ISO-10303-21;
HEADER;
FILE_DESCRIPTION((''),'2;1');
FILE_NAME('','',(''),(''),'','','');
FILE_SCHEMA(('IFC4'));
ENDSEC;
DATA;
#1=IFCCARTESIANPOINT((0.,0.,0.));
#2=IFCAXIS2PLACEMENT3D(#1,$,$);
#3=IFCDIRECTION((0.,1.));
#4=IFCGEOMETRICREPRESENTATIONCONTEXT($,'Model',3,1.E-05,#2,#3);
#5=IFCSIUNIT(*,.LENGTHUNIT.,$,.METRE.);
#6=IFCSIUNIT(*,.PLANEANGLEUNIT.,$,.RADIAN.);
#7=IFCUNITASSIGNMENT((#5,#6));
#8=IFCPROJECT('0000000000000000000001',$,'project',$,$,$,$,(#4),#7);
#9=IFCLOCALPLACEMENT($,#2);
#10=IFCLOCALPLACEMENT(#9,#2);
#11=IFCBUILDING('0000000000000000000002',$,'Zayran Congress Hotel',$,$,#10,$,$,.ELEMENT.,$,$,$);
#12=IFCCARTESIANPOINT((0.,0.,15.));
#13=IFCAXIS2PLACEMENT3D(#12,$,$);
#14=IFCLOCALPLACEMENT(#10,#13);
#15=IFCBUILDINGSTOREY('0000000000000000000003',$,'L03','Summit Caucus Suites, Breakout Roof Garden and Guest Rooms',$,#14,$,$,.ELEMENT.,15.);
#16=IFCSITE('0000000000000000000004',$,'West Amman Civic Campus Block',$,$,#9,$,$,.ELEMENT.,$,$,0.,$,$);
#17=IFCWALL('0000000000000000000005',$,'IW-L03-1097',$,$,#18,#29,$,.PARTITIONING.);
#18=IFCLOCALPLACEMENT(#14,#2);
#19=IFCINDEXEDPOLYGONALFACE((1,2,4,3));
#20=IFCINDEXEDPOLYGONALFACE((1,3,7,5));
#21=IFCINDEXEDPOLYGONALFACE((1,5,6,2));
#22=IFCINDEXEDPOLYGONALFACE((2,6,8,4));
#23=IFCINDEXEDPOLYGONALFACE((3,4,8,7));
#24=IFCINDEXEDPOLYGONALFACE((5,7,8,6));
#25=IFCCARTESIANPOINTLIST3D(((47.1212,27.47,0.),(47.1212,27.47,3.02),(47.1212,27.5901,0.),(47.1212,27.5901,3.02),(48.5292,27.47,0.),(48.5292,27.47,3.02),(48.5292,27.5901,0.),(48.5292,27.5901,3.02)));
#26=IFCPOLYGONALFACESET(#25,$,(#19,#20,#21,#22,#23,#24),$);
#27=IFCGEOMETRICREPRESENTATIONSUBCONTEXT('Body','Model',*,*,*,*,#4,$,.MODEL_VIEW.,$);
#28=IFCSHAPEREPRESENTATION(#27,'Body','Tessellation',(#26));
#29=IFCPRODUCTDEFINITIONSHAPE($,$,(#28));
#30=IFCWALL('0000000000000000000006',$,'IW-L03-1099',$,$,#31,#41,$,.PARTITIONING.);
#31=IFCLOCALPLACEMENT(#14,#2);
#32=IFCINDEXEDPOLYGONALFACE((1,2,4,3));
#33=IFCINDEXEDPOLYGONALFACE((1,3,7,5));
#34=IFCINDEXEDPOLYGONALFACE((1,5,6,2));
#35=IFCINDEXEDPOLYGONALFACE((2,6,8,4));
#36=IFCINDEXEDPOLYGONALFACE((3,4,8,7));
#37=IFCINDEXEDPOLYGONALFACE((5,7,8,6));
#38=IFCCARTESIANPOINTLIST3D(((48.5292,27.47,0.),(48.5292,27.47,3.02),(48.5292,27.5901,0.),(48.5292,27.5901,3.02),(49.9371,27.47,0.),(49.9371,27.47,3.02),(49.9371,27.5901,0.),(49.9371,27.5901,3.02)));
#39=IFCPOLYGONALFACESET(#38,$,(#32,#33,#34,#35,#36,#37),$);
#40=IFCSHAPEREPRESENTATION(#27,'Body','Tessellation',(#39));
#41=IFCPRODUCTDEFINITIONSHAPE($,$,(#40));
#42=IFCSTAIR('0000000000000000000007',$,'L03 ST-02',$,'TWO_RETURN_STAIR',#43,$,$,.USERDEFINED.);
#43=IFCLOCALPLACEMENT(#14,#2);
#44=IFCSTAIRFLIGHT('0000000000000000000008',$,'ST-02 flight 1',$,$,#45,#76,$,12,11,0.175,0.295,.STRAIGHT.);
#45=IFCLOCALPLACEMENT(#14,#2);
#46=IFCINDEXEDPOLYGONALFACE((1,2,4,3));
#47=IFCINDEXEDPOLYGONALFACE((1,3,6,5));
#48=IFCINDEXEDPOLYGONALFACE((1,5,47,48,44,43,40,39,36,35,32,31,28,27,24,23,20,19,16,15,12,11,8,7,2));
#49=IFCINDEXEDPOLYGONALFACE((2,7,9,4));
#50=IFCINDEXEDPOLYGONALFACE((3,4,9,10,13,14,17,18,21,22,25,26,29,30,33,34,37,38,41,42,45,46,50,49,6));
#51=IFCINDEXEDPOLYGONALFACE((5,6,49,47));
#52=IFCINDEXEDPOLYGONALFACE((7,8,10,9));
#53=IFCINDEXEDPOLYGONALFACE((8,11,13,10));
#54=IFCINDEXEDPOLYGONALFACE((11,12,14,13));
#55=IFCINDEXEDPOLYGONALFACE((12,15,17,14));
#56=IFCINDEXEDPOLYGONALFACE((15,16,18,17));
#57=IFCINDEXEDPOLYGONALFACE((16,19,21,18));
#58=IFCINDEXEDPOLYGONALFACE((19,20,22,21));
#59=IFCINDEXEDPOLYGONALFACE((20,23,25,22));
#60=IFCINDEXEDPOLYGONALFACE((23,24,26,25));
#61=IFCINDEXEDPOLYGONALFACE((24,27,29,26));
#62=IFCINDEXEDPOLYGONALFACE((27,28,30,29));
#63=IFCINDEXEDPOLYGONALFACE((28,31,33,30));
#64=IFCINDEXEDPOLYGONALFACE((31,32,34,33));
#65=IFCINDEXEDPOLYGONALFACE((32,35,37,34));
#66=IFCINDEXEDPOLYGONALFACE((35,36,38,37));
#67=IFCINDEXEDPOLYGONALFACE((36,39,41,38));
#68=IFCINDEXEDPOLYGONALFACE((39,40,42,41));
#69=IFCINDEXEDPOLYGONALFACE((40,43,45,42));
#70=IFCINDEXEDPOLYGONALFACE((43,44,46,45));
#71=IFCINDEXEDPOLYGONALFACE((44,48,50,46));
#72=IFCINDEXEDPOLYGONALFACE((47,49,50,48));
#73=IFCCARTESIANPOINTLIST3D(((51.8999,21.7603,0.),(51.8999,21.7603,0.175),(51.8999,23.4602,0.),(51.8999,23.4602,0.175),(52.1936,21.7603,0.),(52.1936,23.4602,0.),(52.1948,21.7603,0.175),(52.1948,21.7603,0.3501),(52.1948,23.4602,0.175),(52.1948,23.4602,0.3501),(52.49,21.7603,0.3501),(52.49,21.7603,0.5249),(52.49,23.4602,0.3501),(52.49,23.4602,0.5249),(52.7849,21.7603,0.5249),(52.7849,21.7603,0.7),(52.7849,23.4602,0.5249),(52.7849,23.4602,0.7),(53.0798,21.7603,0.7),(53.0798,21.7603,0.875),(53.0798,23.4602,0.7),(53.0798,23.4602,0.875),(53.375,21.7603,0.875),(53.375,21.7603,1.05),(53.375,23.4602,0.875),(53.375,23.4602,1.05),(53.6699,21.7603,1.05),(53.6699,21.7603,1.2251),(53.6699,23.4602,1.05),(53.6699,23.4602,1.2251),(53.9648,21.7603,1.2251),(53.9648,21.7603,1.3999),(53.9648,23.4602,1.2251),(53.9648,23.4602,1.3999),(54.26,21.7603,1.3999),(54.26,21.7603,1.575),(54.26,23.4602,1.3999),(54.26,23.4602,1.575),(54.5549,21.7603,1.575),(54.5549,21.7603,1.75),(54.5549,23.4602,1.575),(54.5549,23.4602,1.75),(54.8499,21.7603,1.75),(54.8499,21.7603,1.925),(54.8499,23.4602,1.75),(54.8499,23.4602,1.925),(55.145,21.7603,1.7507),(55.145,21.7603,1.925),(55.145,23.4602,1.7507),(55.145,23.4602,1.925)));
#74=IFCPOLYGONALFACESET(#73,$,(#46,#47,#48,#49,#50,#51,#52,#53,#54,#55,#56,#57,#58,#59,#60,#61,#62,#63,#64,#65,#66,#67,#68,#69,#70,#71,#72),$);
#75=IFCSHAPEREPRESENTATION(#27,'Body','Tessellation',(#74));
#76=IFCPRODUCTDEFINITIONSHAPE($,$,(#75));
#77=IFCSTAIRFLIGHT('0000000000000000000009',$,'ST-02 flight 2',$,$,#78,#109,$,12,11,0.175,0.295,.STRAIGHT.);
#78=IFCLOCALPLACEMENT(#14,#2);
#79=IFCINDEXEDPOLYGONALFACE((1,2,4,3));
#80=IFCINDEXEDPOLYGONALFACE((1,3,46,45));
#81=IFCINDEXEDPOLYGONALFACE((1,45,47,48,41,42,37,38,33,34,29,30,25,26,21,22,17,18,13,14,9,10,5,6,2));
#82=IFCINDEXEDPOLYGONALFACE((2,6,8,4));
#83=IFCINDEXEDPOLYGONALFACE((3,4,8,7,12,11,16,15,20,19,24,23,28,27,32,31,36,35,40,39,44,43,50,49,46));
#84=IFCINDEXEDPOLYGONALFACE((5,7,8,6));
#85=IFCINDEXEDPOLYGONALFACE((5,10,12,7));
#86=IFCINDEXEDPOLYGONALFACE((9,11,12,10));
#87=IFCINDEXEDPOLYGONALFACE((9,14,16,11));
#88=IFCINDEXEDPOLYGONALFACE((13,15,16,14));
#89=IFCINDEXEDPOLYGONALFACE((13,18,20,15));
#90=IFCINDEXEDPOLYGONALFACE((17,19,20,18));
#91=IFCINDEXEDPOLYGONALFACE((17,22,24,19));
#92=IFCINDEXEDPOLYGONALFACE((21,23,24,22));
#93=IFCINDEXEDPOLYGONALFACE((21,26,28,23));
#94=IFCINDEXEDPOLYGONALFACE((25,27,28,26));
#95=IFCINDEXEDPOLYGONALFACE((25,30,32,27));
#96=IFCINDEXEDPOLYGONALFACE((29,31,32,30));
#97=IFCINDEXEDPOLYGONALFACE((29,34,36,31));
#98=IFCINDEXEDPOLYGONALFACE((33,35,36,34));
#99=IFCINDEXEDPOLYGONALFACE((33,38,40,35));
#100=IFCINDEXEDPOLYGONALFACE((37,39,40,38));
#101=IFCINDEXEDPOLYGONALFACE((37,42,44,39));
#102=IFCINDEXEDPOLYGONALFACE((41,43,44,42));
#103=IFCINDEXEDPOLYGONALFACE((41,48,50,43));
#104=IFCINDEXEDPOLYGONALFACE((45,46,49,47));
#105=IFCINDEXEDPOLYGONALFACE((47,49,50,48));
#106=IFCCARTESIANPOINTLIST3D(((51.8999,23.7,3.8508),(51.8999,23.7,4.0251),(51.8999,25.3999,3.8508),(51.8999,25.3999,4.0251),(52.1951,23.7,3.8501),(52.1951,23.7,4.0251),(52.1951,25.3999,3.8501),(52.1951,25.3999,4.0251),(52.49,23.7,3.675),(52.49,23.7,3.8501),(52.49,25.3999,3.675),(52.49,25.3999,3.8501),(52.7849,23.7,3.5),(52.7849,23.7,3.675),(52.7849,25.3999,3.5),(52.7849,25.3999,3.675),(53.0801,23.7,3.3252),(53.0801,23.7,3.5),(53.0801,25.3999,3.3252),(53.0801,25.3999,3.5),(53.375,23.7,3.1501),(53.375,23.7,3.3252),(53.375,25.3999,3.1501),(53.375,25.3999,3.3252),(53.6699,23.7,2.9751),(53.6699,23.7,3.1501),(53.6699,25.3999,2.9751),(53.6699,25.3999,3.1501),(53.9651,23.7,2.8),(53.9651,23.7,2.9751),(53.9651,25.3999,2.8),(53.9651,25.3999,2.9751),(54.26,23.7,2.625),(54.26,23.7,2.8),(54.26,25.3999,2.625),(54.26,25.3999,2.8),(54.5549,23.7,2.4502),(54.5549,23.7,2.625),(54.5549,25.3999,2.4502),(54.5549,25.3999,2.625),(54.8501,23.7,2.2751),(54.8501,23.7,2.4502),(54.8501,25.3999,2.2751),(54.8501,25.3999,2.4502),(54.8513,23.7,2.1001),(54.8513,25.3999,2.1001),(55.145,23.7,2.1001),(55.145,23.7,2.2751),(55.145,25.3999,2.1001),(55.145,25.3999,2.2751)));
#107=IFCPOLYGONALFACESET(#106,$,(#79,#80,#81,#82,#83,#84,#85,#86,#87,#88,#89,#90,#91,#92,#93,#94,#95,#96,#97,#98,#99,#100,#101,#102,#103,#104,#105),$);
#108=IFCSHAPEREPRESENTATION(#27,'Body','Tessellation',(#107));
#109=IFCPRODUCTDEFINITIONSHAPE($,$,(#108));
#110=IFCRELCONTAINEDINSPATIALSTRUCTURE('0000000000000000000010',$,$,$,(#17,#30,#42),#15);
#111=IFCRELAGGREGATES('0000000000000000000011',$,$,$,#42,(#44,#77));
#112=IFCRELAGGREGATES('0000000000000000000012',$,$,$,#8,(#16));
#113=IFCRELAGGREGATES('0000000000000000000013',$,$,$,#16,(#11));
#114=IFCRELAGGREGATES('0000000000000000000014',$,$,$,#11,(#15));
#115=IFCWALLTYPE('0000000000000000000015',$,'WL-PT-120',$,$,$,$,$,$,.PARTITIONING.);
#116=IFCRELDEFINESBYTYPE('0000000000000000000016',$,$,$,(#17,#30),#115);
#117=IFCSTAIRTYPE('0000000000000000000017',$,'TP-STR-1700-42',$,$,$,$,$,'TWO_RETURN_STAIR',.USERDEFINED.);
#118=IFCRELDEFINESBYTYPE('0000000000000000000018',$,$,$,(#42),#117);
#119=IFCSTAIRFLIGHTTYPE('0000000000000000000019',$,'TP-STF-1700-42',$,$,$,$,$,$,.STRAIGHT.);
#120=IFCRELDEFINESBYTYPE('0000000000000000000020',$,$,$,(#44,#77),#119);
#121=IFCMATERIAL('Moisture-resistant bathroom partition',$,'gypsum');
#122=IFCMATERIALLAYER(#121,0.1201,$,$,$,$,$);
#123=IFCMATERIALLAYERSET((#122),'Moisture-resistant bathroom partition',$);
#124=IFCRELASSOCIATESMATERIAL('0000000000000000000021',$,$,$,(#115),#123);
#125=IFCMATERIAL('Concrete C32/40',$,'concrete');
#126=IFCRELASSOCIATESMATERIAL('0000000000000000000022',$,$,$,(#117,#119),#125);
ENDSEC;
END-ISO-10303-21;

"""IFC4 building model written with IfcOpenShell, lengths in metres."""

from ifc_helpers import new_model, si_unit, direction, frame, frame_2d, origin, place, context, subcontext, project, spatial, polyline, rectangle, outline, extrude, material, layer, layer_set, type_object, element, aggregate, save


model = new_model("IFC4")

# Units and contexts
model_context = context("Model", 3, precision=1e-05, world=origin(), true_north=direction((0.0, 1.0)))
body_context = subcontext(model_context, "Body", "Model", "MODEL_VIEW")
ifc_project = project(units=[si_unit("LENGTHUNIT", "METRE"), si_unit("PLANEANGLEUNIT", "RADIAN")], contexts=[model_context])

# Site, building, storey
site_placement = place(None, origin())
site = spatial("IfcSite", under=ifc_project, at=site_placement, Name="West Amman Civic Campus Block", CompositionType="ELEMENT", RefElevation=0.0)
building_placement = place(site_placement, origin())
building = spatial("IfcBuilding", under=site, at=building_placement, Name="Zayran Congress Hotel", CompositionType="ELEMENT")
storey_placement = place(building_placement, frame((0.0, 0.0, 15.0)))
storey = spatial("IfcBuildingStorey", under=building, at=storey_placement, Name="L03", Description="Summit Caucus Suites, Breakout Roof Garden and Guest Rooms", CompositionType="ELEMENT", Elevation=15.0)

# Shared definitions
ifc_material_1 = material(Name="Moisture-resistant bathroom partition", Category="gypsum")
ifc_layer_1 = layer(ifc_material_1, 0.1201)
ifc_layer_set_1 = layer_set([ifc_layer_1], Name="Moisture-resistant bathroom partition")
wall_type_1 = type_object("IfcWallType", Name="WL-PT-120", PredefinedType="PARTITIONING", material=ifc_layer_set_1)

# Walls
for number, where, z_axis, x_axis, name in (
    (1, (47.1211, 27.53, 0.0), (0.0, 0.0, 1.0), (1.0, 0.0, 0.0), "IW-L03-1097"),
    (2, (48.5291, 27.53, 0.0), (0.0, 0.0, 1.0), (1.0, 0.0, 0.0), "IW-L03-1099"),
):
    element("IfcWall", number, at=place(storey_placement, frame(where, z_axis=z_axis, x_axis=x_axis)), inside=storey, type_object=wall_type_1, Name=name, PredefinedType="PARTITIONING", context=body_context, shape_type="SweptSolid", body=[
        extrude(rectangle(XDim=1.408, YDim=0.1201, at=frame_2d((0.7041, 0.0))), origin(), (0.0, 0.0, 1.0), 3.02),
    ])

# Stair, stair flights
ifc_material_2 = material(Name="Concrete C32/40", Category="concrete")
stair_type = type_object("IfcStairType", Name="TP-STR-1700-42", ElementType="TWO_RETURN_STAIR", PredefinedType="USERDEFINED", material=ifc_material_2)
stair_placement = place(storey_placement, origin())
stair = element("IfcStair", 3, at=stair_placement, inside=storey, type_object=stair_type, Name="L03 ST-02", ObjectType="TWO_RETURN_STAIR", PredefinedType="USERDEFINED")
stair_flight_type = type_object("IfcStairFlightType", Name="TP-STF-1700-42", PredefinedType="STRAIGHT", material=ifc_material_2)
stair_flight_1_placement = place(storey_placement, frame((51.8999, 22.6101, 0.0), z_axis=(0.0, 0.0, 1.0), x_axis=(1.0, 0.0, 0.0)))
stair_flight_1 = element("IfcStairFlight", 4, at=stair_flight_1_placement, type_object=stair_flight_type, Name="ST-02 flight 1", NumberOfRisers=12, NumberOfTreads=11, PredefinedType="STRAIGHT", RiserHeight=0.175, TreadLength=0.295, context=body_context, shape_type="SweptSolid", body=[
    extrude(outline(polyline([(0.0, 0.0), (0.0, 0.175), (0.2949, 0.175), (0.2949, 0.3501), (0.5901, 0.3501), (0.5901, 0.5249), (0.885, 0.5249), (0.885, 0.7), (1.1799, 0.7), (1.1799, 0.875), (1.4751, 0.875), (1.4751, 1.05), (1.77, 1.05), (1.77, 1.2251), (2.0649, 1.2251), (2.0649, 1.3999), (2.3601, 1.3999), (2.3601, 1.575), (2.655, 1.575), (2.655, 1.75), (2.95, 1.75), (2.95, 1.925), (3.2451, 1.925), (3.2451, 2.1001), (3.2451, 1.7507), (0.2937, 0.0), (0.0, 0.0)])), frame((0.0, 0.8501, 0.0), z_axis=(0.0, -1.0, 0.0), x_axis=(1.0, 0.0, 0.0)), (0.0, 0.0, 1.0), 1.7),
])
stair_flight_2_placement = place(storey_placement, frame((55.145, 24.55, 2.1001), z_axis=(0.0, 0.0, 1.0), x_axis=(-1.0, 0.0, 0.0)))
stair_flight_2 = element("IfcStairFlight", 5, at=stair_flight_2_placement, type_object=stair_flight_type, Name="ST-02 flight 2", NumberOfRisers=12, NumberOfTreads=11, PredefinedType="STRAIGHT", RiserHeight=0.175, TreadLength=0.295, context=body_context, shape_type="SweptSolid", body=[
    extrude(outline(polyline([(0.0, 0.0), (0.0, 0.175), (0.2949, 0.175), (0.2949, 0.3501), (0.5901, 0.3501), (0.5901, 0.5249), (0.885, 0.5249), (0.885, 0.7), (1.1799, 0.7), (1.1799, 0.875), (1.4751, 0.875), (1.4751, 1.05), (1.77, 1.05), (1.77, 1.2251), (2.0649, 1.2251), (2.0649, 1.3999), (2.3601, 1.3999), (2.3601, 1.575), (2.655, 1.575), (2.655, 1.75), (2.95, 1.75), (2.95, 1.925), (3.2451, 1.925), (3.2451, 2.1001), (3.2451, 1.7507), (0.2937, 0.0), (0.0, 0.0)])), frame((0.0, 0.8501, 0.0), z_axis=(0.0, -1.0, 0.0), x_axis=(1.0, 0.0, 0.0)), (0.0, 0.0, 1.0), 1.7),
])
aggregate(stair, [stair_flight_1, stair_flight_2])

save(model, "model.ifc")
